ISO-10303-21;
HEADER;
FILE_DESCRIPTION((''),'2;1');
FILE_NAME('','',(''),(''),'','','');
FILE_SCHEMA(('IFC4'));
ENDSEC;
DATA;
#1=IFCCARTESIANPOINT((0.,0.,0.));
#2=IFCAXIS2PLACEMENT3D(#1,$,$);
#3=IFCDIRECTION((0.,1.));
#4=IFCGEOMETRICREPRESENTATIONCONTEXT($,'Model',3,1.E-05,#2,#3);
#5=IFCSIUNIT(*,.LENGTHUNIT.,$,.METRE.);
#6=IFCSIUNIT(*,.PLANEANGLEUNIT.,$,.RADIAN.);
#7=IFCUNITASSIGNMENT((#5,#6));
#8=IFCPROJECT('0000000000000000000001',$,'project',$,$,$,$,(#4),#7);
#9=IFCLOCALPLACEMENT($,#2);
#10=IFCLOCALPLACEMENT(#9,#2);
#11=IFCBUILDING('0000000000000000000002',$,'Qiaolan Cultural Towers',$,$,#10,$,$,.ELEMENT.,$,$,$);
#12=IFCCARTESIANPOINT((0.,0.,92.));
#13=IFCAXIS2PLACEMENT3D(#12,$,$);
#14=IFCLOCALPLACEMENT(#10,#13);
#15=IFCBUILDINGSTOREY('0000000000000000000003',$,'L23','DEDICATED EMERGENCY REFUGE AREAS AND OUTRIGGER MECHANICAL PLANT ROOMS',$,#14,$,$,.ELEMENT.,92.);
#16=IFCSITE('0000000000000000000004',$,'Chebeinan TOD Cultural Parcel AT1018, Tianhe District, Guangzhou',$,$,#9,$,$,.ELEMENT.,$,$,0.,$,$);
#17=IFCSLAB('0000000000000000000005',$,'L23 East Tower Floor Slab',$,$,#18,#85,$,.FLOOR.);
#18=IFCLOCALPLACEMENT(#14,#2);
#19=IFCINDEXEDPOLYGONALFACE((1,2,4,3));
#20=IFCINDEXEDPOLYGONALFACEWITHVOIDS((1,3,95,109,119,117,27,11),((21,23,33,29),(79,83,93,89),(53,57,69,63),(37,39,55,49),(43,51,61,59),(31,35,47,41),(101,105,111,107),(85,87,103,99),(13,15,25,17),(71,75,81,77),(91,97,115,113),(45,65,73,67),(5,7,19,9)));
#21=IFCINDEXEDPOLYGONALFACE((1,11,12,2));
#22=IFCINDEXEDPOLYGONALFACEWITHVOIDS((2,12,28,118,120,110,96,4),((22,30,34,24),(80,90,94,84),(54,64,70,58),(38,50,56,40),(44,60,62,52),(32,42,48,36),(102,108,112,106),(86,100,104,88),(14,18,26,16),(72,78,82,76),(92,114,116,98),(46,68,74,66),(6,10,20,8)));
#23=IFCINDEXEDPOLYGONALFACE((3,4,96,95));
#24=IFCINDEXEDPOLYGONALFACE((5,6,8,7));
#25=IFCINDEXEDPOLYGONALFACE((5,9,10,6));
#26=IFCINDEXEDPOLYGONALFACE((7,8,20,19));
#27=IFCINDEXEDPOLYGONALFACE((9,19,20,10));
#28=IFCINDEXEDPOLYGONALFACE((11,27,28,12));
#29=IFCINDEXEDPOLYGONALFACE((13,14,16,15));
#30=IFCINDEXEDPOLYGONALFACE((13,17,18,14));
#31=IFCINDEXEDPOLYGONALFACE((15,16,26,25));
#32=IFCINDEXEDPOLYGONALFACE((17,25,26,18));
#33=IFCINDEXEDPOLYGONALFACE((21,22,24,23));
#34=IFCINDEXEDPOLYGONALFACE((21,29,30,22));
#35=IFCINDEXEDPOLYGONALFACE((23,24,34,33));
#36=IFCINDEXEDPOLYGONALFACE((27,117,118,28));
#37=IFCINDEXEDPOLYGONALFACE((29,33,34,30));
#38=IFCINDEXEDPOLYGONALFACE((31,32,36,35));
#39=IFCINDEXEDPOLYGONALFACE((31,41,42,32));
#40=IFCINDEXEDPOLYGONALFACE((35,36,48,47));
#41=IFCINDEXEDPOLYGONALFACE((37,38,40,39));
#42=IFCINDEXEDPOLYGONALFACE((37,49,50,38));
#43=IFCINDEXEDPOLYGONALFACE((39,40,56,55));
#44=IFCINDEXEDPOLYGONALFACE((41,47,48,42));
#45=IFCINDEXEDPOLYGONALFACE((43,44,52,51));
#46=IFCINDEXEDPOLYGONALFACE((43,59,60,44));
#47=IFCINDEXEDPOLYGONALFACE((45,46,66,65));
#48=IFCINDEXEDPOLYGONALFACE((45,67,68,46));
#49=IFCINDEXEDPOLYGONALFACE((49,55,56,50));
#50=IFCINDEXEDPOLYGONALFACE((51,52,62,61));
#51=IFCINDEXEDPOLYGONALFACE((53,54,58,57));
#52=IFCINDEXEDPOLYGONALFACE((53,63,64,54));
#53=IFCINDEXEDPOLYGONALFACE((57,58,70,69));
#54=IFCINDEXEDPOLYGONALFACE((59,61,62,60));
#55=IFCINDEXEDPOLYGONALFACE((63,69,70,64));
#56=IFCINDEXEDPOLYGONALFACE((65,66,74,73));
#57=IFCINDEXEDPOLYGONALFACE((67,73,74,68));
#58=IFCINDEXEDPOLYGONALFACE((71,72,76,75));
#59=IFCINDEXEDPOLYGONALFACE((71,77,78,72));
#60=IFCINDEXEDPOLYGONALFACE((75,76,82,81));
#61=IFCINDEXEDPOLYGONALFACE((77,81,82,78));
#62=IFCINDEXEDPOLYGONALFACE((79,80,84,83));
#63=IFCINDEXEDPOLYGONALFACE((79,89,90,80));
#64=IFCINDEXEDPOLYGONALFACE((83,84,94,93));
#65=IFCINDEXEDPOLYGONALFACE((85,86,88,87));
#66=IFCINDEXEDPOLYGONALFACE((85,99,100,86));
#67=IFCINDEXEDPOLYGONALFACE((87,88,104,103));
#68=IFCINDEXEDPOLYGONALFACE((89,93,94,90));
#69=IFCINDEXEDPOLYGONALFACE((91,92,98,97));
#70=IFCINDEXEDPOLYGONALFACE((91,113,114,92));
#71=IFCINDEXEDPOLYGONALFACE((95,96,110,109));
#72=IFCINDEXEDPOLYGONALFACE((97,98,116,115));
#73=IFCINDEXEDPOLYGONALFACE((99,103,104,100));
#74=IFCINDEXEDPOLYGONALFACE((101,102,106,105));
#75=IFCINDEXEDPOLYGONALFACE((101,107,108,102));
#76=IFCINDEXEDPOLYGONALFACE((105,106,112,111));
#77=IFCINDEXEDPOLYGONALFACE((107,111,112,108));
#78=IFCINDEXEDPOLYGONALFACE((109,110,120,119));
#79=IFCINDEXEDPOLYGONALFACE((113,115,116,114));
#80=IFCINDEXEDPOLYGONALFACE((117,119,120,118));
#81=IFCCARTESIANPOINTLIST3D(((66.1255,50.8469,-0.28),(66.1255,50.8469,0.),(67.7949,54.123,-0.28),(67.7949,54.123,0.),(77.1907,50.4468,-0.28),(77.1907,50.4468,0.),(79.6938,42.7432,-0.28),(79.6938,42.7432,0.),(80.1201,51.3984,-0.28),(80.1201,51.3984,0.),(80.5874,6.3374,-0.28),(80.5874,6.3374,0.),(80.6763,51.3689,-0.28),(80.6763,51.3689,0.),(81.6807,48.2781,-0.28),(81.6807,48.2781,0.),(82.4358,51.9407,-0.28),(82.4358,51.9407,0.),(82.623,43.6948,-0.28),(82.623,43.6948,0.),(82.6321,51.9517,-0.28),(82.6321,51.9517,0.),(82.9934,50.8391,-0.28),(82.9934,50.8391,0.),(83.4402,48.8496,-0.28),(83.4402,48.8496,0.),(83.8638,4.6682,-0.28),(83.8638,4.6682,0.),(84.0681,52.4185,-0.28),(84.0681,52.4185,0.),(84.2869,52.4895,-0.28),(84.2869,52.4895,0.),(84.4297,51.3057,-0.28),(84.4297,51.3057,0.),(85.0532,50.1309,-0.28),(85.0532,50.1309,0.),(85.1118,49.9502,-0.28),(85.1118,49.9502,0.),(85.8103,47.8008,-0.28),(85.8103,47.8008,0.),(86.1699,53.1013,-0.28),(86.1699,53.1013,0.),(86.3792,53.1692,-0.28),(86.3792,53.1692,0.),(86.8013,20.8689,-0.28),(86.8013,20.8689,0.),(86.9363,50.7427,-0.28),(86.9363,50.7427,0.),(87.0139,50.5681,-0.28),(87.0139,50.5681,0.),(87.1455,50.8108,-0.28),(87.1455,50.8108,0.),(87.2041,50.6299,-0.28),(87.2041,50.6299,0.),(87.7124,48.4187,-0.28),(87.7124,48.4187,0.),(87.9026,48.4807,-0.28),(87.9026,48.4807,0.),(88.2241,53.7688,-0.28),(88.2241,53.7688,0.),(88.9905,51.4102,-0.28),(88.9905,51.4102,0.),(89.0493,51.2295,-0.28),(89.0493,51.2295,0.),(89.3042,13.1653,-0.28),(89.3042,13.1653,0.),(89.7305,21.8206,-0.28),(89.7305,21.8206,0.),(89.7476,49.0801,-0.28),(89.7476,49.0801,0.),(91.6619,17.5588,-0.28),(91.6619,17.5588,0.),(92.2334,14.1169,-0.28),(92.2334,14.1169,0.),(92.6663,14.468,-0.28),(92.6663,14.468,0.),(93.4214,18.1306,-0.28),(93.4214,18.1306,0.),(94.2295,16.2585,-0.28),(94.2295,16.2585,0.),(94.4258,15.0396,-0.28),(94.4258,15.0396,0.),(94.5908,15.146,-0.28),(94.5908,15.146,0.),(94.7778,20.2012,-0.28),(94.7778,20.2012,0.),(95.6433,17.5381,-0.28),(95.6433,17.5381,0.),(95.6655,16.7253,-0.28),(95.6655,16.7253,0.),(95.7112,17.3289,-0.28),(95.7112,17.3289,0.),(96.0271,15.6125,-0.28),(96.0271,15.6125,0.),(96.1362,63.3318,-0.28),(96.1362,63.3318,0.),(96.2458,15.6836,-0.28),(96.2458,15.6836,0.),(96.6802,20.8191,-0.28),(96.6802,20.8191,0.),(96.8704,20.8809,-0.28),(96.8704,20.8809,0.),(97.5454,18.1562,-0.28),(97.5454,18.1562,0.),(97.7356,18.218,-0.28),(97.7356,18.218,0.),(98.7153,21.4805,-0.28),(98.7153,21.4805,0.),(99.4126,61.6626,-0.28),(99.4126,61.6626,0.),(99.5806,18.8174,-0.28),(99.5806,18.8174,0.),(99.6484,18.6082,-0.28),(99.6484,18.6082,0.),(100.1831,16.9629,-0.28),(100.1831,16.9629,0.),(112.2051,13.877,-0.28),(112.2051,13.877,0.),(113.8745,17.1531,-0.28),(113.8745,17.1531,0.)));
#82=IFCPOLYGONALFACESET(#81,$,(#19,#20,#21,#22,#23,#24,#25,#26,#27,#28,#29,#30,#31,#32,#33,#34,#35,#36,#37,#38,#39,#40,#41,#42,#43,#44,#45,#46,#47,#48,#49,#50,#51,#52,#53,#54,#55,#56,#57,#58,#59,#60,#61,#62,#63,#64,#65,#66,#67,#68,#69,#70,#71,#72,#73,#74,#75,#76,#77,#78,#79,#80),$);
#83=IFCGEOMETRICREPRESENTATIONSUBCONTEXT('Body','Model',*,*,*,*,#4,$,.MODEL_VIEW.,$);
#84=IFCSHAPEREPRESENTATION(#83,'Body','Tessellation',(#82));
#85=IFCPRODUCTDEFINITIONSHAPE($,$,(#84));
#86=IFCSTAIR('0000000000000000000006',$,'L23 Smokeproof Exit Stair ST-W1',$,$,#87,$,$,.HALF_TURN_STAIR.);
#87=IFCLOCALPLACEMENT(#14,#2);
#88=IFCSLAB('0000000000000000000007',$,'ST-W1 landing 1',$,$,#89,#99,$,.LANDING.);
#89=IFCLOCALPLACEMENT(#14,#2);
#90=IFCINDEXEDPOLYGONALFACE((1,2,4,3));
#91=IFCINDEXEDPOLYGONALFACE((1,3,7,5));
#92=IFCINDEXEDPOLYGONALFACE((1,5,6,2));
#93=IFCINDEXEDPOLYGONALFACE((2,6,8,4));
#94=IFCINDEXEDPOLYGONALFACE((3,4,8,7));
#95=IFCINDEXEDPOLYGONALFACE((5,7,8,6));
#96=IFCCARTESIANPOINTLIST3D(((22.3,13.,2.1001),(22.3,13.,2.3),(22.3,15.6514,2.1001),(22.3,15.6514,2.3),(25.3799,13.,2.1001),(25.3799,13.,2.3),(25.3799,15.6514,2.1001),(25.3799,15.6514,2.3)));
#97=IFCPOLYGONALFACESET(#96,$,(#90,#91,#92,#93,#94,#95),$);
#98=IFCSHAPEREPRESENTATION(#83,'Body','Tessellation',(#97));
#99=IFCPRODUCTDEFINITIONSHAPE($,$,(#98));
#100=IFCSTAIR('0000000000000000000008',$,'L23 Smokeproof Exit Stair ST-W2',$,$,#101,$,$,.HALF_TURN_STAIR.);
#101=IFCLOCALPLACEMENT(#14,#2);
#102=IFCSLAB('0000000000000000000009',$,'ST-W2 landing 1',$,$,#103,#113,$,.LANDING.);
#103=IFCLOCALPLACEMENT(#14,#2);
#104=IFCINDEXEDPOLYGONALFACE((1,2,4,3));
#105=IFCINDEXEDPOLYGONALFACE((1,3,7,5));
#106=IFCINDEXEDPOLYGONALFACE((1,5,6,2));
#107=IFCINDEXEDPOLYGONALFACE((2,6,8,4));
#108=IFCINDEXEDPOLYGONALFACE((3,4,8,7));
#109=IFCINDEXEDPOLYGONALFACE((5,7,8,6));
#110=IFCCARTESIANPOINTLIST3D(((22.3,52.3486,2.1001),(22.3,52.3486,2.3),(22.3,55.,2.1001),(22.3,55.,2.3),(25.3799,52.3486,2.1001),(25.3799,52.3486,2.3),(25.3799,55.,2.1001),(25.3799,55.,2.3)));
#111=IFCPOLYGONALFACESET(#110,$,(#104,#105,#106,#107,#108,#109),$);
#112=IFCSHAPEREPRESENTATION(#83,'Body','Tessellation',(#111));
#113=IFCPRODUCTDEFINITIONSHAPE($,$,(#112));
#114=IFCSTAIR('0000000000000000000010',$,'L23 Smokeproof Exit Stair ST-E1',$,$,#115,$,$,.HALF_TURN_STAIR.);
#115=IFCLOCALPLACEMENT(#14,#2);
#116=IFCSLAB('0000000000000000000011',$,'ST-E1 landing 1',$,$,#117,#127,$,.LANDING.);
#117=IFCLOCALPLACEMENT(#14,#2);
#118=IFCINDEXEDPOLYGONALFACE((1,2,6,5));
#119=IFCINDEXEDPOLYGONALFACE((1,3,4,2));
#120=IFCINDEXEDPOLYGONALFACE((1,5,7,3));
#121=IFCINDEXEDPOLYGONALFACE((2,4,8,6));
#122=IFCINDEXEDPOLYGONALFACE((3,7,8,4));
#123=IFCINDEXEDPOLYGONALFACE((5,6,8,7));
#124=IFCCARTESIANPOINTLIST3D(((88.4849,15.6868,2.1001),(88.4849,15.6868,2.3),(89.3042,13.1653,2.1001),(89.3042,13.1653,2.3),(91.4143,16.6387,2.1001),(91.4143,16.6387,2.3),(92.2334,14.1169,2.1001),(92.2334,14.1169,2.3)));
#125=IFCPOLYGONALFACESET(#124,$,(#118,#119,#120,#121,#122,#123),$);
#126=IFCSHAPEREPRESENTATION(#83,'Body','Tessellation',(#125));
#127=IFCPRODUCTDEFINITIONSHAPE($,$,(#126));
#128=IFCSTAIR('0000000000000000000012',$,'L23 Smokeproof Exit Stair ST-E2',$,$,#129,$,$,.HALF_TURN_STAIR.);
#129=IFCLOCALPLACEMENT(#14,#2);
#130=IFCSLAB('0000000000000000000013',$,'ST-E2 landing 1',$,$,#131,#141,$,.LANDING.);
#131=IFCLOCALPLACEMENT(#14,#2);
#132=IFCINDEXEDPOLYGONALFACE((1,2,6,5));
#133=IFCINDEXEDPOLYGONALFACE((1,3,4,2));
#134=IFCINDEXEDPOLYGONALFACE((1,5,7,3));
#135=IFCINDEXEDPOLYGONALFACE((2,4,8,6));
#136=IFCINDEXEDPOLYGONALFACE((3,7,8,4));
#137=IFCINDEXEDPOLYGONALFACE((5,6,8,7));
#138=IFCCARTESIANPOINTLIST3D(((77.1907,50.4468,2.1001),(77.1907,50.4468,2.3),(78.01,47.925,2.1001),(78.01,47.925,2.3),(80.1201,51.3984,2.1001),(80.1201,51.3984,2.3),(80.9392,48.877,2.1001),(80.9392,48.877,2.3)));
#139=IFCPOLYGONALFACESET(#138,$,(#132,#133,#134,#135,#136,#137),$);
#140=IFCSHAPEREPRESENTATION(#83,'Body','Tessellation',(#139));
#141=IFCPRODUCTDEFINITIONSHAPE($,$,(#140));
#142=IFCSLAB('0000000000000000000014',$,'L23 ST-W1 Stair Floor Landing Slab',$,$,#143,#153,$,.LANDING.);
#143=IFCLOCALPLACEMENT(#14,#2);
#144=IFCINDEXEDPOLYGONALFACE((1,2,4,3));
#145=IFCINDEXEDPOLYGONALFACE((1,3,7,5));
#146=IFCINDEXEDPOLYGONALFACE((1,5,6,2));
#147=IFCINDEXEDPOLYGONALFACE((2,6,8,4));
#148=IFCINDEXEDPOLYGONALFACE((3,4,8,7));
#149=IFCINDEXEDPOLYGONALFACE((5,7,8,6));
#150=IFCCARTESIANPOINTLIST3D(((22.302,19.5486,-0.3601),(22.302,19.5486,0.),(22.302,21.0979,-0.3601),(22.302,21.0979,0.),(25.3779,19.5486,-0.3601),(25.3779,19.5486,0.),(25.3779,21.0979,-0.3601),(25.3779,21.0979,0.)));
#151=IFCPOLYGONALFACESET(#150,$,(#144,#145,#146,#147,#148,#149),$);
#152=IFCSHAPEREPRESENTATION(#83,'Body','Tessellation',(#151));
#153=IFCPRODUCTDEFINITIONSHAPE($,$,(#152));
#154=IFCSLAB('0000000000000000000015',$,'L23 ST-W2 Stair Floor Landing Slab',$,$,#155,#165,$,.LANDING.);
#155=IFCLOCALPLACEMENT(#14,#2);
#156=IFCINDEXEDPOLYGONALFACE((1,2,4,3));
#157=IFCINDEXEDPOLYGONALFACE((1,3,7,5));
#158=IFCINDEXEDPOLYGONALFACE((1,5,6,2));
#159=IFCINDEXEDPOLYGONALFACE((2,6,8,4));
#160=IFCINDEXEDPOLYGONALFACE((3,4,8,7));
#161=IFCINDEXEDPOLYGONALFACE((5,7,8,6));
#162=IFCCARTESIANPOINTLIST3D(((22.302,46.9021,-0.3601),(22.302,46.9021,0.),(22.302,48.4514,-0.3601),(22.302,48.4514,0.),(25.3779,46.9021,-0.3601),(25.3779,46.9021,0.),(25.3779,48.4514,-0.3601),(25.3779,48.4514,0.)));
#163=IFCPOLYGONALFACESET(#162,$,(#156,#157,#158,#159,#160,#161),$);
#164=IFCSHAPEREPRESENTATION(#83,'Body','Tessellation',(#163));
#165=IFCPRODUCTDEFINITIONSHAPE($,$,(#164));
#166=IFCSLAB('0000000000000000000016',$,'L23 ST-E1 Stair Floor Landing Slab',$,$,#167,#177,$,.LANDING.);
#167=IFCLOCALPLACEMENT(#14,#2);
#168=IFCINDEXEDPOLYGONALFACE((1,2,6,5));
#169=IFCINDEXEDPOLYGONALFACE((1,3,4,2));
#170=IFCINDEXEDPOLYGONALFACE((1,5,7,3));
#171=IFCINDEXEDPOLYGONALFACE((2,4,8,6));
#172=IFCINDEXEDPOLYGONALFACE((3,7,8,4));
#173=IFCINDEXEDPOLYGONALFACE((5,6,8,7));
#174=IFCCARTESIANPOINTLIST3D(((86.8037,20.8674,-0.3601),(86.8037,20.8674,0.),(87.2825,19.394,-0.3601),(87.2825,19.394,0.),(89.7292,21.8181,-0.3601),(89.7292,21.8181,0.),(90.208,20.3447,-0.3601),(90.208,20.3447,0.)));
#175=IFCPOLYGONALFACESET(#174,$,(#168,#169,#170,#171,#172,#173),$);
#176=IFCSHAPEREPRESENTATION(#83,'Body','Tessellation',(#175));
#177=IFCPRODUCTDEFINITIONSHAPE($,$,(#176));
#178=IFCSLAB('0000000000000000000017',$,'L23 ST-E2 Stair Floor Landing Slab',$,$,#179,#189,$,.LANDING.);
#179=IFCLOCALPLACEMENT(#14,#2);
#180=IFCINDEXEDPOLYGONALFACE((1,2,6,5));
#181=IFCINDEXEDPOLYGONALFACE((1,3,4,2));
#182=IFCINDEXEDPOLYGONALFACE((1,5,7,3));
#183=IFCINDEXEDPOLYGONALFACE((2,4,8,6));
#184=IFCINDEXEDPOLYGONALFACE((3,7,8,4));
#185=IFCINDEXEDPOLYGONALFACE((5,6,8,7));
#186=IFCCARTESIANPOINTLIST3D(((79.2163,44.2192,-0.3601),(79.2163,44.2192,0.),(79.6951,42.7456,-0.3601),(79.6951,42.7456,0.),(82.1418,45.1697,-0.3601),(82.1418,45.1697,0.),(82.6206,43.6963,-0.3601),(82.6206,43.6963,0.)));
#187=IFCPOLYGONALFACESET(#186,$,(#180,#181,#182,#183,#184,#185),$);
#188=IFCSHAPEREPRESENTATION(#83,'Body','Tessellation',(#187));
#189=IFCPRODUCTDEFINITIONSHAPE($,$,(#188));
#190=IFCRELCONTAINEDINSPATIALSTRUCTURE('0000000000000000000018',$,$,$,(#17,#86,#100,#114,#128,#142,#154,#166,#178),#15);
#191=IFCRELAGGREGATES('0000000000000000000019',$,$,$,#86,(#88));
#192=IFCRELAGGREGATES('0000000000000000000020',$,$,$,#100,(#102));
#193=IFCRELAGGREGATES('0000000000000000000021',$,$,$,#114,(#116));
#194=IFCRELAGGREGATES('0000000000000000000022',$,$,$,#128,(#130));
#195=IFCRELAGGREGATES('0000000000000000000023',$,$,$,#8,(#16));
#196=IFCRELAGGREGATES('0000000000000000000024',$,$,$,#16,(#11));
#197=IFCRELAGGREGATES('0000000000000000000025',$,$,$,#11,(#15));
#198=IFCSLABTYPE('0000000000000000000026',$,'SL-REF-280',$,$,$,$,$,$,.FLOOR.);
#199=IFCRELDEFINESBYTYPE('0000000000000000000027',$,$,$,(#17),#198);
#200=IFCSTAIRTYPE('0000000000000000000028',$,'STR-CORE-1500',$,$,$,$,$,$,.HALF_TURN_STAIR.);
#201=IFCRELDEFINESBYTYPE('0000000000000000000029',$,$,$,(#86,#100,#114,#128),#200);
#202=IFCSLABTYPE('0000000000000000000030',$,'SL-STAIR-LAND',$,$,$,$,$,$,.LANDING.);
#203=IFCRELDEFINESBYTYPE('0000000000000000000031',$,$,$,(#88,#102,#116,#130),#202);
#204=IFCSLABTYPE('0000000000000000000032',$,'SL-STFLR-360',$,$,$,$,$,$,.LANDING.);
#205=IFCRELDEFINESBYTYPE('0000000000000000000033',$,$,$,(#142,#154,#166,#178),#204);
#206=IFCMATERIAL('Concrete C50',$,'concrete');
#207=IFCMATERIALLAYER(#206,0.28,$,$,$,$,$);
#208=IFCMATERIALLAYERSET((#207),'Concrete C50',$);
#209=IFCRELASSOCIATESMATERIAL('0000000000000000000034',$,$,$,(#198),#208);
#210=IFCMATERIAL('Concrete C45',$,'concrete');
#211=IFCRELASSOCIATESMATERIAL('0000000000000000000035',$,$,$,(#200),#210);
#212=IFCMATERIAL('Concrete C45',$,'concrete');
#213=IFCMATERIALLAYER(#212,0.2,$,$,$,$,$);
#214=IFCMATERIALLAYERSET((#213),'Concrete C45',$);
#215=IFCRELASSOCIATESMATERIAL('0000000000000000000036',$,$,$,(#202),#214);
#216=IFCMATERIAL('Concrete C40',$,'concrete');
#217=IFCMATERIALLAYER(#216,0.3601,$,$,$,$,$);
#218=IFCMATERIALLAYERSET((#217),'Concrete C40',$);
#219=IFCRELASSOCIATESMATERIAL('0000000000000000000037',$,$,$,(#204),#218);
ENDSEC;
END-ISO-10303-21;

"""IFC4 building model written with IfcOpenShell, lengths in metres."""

from ifc_helpers import new_model, si_unit, direction, frame, origin, place, context, subcontext, project, spatial, polyline, outline, extrude, material, layer, layer_set, type_object, element, aggregate, save


model = new_model("IFC4")

# Units and contexts
model_context = context("Model", 3, precision=1e-05, world=origin(), true_north=direction((0.0, 1.0)))
body_context = subcontext(model_context, "Body", "Model", "MODEL_VIEW")
ifc_project = project(units=[si_unit("LENGTHUNIT", "METRE"), si_unit("PLANEANGLEUNIT", "RADIAN")], contexts=[model_context])

# Site, building, storey
site_placement = place(None, origin())
site = spatial("IfcSite", under=ifc_project, at=site_placement, Name="Chebeinan TOD Cultural Parcel AT1018, Tianhe District, Guangzhou", CompositionType="ELEMENT", RefElevation=0.0)
building_placement = place(site_placement, origin())
building = spatial("IfcBuilding", under=site, at=building_placement, Name="Qiaolan Cultural Towers", CompositionType="ELEMENT")
storey_placement = place(building_placement, frame((0.0, 0.0, 92.0)))
storey = spatial("IfcBuildingStorey", under=building, at=storey_placement, Name="L23", Description="DEDICATED EMERGENCY REFUGE AREAS AND OUTRIGGER MECHANICAL PLANT ROOMS", CompositionType="ELEMENT", Elevation=92.0)

# Slab
ifc_material_1 = material(Name="Concrete C50", Category="concrete")
ifc_layer_1 = layer(ifc_material_1, 0.28)
ifc_layer_set_1 = layer_set([ifc_layer_1], Name="Concrete C50")
slab_type_1 = type_object("IfcSlabType", Name="SL-REF-280", PredefinedType="FLOOR", material=ifc_layer_set_1)
slab_1_placement = place(storey_placement, frame((0.0, 0.0, -0.28)))
element("IfcSlab", 1, at=slab_1_placement, inside=storey, type_object=slab_type_1, Name="L23 East Tower Floor Slab", PredefinedType="FLOOR", context=body_context, shape_type="SweptSolid", body=[
    extrude(outline(polyline([(83.8638, 4.6682), (112.2051, 13.877), (113.8745, 17.1531), (99.4126, 61.6626), (96.1362, 63.3318), (67.7949, 54.123), (66.1255, 50.8469), (80.5874, 6.3374), (83.8638, 4.6682)]), holes=[polyline([(86.8013, 20.8689), (89.3042, 13.1653), (92.2334, 14.1169), (89.7305, 21.8206), (86.8013, 20.8689)]), polyline([(82.623, 43.6948), (80.1201, 51.3984), (77.1907, 50.4468), (79.6938, 42.7432), (82.623, 43.6948)]), polyline([(92.6663, 14.468), (94.4258, 15.0396), (93.4214, 18.1306), (91.6619, 17.5588), (92.6663, 14.468)]), polyline([(94.5908, 15.146), (96.0271, 15.6125), (95.6655, 16.7253), (94.2295, 16.2585), (94.5908, 15.146)]), polyline([(95.6433, 17.5381), (97.5454, 18.1562), (96.6802, 20.8191), (94.7778, 20.2012), (95.6433, 17.5381)]), polyline([(97.7356, 18.218), (99.5806, 18.8174), (98.7153, 21.4805), (96.8704, 20.8809), (97.7356, 18.218)]), polyline([(96.2458, 15.6836), (100.1831, 16.9629), (99.6484, 18.6082), (95.7112, 17.3289), (96.2458, 15.6836)]), polyline([(81.6807, 48.2781), (83.4402, 48.8496), (82.4358, 51.9407), (80.6763, 51.3689), (81.6807, 48.2781)]), polyline([(82.9934, 50.8391), (84.4297, 51.3057), (84.0681, 52.4185), (82.6321, 51.9517), (82.9934, 50.8391)]), polyline([(85.8103, 47.8008), (87.7124, 48.4187), (87.0139, 50.5681), (85.1118, 49.9502), (85.8103, 47.8008)]), polyline([(87.9026, 48.4807), (89.7476, 49.0801), (89.0493, 51.2295), (87.2041, 50.6299), (87.9026, 48.4807)]), polyline([(85.0532, 50.1309), (86.9363, 50.7427), (86.1699, 53.1013), (84.2869, 52.4895), (85.0532, 50.1309)]), polyline([(87.1455, 50.8108), (88.9905, 51.4102), (88.2241, 53.7688), (86.3792, 53.1692), (87.1455, 50.8108)])]), origin(), (0.0, 0.0, 1.0), 0.28),
])

# Stairs, slabs
ifc_material_2 = material(Name="Concrete C45", Category="concrete")
stair_type = type_object("IfcStairType", Name="STR-CORE-1500", PredefinedType="HALF_TURN_STAIR", material=ifc_material_2)
stair_1_placement = place(storey_placement, origin())
stair_1 = element("IfcStair", 2, at=stair_1_placement, inside=storey, type_object=stair_type, Name="L23 Smokeproof Exit Stair ST-W1", PredefinedType="HALF_TURN_STAIR")
ifc_material_3 = material(Name="Concrete C45", Category="concrete")
ifc_layer_2 = layer(ifc_material_3, 0.2)
ifc_layer_set_2 = layer_set([ifc_layer_2], Name="Concrete C45")
slab_type_2 = type_object("IfcSlabType", Name="SL-STAIR-LAND", PredefinedType="LANDING", material=ifc_layer_set_2)
slab_2_placement = place(storey_placement, frame((0.0, 0.0, 2.1001)))
slab_2 = element("IfcSlab", 3, at=slab_2_placement, type_object=slab_type_2, Name="ST-W1 landing 1", PredefinedType="LANDING", context=body_context, shape_type="SweptSolid", body=[
    extrude(outline(polyline([(22.3, 15.6514), (22.3, 13.0), (25.3799, 13.0), (25.3799, 15.6514), (22.3, 15.6514)])), origin(), (0.0, 0.0, 1.0), 0.2),
])
aggregate(stair_1, [slab_2])
stair_2_placement = place(storey_placement, origin())
stair_2 = element("IfcStair", 4, at=stair_2_placement, inside=storey, type_object=stair_type, Name="L23 Smokeproof Exit Stair ST-W2", PredefinedType="HALF_TURN_STAIR")
slab_3_placement = place(storey_placement, frame((0.0, 0.0, 2.1001)))
slab_3 = element("IfcSlab", 5, at=slab_3_placement, type_object=slab_type_2, Name="ST-W2 landing 1", PredefinedType="LANDING", context=body_context, shape_type="SweptSolid", body=[
    extrude(outline(polyline([(25.3799, 52.3486), (25.3799, 55.0), (22.3, 55.0), (22.3, 52.3486), (25.3799, 52.3486)])), origin(), (0.0, 0.0, 1.0), 0.2),
])
aggregate(stair_2, [slab_3])
stair_3_placement = place(storey_placement, origin())
stair_3 = element("IfcStair", 6, at=stair_3_placement, inside=storey, type_object=stair_type, Name="L23 Smokeproof Exit Stair ST-E1", PredefinedType="HALF_TURN_STAIR")
slab_4_placement = place(storey_placement, frame((0.0, 0.0, 2.1001)))
slab_4 = element("IfcSlab", 7, at=slab_4_placement, type_object=slab_type_2, Name="ST-E1 landing 1", PredefinedType="LANDING", context=body_context, shape_type="SweptSolid", body=[
    extrude(outline(polyline([(88.4849, 15.6868), (89.3042, 13.1653), (92.2334, 14.1169), (91.4143, 16.6387), (88.4849, 15.6868)])), origin(), (0.0, 0.0, 1.0), 0.2),
])
aggregate(stair_3, [slab_4])
stair_4_placement = place(storey_placement, origin())
stair_4 = element("IfcStair", 8, at=stair_4_placement, inside=storey, type_object=stair_type, Name="L23 Smokeproof Exit Stair ST-E2", PredefinedType="HALF_TURN_STAIR")
slab_5_placement = place(storey_placement, frame((0.0, 0.0, 2.1001)))
slab_5 = element("IfcSlab", 9, at=slab_5_placement, type_object=slab_type_2, Name="ST-E2 landing 1", PredefinedType="LANDING", context=body_context, shape_type="SweptSolid", body=[
    extrude(outline(polyline([(80.9392, 48.877), (80.1201, 51.3984), (77.1907, 50.4468), (78.01, 47.925), (80.9392, 48.877)])), origin(), (0.0, 0.0, 1.0), 0.2),
])
aggregate(stair_4, [slab_5])

# Slabs
ifc_material_4 = material(Name="Concrete C40", Category="concrete")
ifc_layer_3 = layer(ifc_material_4, 0.3601)
ifc_layer_set_3 = layer_set([ifc_layer_3], Name="Concrete C40")
slab_type_3 = type_object("IfcSlabType", Name="SL-STFLR-360", PredefinedType="LANDING", material=ifc_layer_set_3)
slab_6_placement = place(storey_placement, frame((0.0, 0.0, -0.3601)))
element("IfcSlab", 10, at=slab_6_placement, inside=storey, type_object=slab_type_3, Name="L23 ST-W1 Stair Floor Landing Slab", PredefinedType="LANDING", context=body_context, shape_type="SweptSolid", body=[
    extrude(outline(polyline([(22.302, 21.0979), (22.302, 19.5486), (25.3779, 19.5486), (25.3779, 21.0979), (22.302, 21.0979)])), origin(), (0.0, 0.0, 1.0), 0.3601),
])
slab_7_placement = place(storey_placement, frame((0.0, 0.0, -0.3601)))
element("IfcSlab", 11, at=slab_7_placement, inside=storey, type_object=slab_type_3, Name="L23 ST-W2 Stair Floor Landing Slab", PredefinedType="LANDING", context=body_context, shape_type="SweptSolid", body=[
    extrude(outline(polyline([(25.3779, 46.9021), (25.3779, 48.4514), (22.302, 48.4514), (22.302, 46.9021), (25.3779, 46.9021)])), origin(), (0.0, 0.0, 1.0), 0.3601),
])
slab_8_placement = place(storey_placement, frame((0.0, 0.0, -0.3601)))
element("IfcSlab", 12, at=slab_8_placement, inside=storey, type_object=slab_type_3, Name="L23 ST-E1 Stair Floor Landing Slab", PredefinedType="LANDING", context=body_context, shape_type="SweptSolid", body=[
    extrude(outline(polyline([(86.8037, 20.8674), (87.2825, 19.394), (90.208, 20.3447), (89.7292, 21.8181), (86.8037, 20.8674)])), origin(), (0.0, 0.0, 1.0), 0.3601),
])
slab_9_placement = place(storey_placement, frame((0.0, 0.0, -0.3601)))
element("IfcSlab", 13, at=slab_9_placement, inside=storey, type_object=slab_type_3, Name="L23 ST-E2 Stair Floor Landing Slab", PredefinedType="LANDING", context=body_context, shape_type="SweptSolid", body=[
    extrude(outline(polyline([(82.6206, 43.6963), (82.1418, 45.1697), (79.2163, 44.2192), (79.6951, 42.7456), (82.6206, 43.6963)])), origin(), (0.0, 0.0, 1.0), 0.3601),
])

save(model, "model.ifc")
